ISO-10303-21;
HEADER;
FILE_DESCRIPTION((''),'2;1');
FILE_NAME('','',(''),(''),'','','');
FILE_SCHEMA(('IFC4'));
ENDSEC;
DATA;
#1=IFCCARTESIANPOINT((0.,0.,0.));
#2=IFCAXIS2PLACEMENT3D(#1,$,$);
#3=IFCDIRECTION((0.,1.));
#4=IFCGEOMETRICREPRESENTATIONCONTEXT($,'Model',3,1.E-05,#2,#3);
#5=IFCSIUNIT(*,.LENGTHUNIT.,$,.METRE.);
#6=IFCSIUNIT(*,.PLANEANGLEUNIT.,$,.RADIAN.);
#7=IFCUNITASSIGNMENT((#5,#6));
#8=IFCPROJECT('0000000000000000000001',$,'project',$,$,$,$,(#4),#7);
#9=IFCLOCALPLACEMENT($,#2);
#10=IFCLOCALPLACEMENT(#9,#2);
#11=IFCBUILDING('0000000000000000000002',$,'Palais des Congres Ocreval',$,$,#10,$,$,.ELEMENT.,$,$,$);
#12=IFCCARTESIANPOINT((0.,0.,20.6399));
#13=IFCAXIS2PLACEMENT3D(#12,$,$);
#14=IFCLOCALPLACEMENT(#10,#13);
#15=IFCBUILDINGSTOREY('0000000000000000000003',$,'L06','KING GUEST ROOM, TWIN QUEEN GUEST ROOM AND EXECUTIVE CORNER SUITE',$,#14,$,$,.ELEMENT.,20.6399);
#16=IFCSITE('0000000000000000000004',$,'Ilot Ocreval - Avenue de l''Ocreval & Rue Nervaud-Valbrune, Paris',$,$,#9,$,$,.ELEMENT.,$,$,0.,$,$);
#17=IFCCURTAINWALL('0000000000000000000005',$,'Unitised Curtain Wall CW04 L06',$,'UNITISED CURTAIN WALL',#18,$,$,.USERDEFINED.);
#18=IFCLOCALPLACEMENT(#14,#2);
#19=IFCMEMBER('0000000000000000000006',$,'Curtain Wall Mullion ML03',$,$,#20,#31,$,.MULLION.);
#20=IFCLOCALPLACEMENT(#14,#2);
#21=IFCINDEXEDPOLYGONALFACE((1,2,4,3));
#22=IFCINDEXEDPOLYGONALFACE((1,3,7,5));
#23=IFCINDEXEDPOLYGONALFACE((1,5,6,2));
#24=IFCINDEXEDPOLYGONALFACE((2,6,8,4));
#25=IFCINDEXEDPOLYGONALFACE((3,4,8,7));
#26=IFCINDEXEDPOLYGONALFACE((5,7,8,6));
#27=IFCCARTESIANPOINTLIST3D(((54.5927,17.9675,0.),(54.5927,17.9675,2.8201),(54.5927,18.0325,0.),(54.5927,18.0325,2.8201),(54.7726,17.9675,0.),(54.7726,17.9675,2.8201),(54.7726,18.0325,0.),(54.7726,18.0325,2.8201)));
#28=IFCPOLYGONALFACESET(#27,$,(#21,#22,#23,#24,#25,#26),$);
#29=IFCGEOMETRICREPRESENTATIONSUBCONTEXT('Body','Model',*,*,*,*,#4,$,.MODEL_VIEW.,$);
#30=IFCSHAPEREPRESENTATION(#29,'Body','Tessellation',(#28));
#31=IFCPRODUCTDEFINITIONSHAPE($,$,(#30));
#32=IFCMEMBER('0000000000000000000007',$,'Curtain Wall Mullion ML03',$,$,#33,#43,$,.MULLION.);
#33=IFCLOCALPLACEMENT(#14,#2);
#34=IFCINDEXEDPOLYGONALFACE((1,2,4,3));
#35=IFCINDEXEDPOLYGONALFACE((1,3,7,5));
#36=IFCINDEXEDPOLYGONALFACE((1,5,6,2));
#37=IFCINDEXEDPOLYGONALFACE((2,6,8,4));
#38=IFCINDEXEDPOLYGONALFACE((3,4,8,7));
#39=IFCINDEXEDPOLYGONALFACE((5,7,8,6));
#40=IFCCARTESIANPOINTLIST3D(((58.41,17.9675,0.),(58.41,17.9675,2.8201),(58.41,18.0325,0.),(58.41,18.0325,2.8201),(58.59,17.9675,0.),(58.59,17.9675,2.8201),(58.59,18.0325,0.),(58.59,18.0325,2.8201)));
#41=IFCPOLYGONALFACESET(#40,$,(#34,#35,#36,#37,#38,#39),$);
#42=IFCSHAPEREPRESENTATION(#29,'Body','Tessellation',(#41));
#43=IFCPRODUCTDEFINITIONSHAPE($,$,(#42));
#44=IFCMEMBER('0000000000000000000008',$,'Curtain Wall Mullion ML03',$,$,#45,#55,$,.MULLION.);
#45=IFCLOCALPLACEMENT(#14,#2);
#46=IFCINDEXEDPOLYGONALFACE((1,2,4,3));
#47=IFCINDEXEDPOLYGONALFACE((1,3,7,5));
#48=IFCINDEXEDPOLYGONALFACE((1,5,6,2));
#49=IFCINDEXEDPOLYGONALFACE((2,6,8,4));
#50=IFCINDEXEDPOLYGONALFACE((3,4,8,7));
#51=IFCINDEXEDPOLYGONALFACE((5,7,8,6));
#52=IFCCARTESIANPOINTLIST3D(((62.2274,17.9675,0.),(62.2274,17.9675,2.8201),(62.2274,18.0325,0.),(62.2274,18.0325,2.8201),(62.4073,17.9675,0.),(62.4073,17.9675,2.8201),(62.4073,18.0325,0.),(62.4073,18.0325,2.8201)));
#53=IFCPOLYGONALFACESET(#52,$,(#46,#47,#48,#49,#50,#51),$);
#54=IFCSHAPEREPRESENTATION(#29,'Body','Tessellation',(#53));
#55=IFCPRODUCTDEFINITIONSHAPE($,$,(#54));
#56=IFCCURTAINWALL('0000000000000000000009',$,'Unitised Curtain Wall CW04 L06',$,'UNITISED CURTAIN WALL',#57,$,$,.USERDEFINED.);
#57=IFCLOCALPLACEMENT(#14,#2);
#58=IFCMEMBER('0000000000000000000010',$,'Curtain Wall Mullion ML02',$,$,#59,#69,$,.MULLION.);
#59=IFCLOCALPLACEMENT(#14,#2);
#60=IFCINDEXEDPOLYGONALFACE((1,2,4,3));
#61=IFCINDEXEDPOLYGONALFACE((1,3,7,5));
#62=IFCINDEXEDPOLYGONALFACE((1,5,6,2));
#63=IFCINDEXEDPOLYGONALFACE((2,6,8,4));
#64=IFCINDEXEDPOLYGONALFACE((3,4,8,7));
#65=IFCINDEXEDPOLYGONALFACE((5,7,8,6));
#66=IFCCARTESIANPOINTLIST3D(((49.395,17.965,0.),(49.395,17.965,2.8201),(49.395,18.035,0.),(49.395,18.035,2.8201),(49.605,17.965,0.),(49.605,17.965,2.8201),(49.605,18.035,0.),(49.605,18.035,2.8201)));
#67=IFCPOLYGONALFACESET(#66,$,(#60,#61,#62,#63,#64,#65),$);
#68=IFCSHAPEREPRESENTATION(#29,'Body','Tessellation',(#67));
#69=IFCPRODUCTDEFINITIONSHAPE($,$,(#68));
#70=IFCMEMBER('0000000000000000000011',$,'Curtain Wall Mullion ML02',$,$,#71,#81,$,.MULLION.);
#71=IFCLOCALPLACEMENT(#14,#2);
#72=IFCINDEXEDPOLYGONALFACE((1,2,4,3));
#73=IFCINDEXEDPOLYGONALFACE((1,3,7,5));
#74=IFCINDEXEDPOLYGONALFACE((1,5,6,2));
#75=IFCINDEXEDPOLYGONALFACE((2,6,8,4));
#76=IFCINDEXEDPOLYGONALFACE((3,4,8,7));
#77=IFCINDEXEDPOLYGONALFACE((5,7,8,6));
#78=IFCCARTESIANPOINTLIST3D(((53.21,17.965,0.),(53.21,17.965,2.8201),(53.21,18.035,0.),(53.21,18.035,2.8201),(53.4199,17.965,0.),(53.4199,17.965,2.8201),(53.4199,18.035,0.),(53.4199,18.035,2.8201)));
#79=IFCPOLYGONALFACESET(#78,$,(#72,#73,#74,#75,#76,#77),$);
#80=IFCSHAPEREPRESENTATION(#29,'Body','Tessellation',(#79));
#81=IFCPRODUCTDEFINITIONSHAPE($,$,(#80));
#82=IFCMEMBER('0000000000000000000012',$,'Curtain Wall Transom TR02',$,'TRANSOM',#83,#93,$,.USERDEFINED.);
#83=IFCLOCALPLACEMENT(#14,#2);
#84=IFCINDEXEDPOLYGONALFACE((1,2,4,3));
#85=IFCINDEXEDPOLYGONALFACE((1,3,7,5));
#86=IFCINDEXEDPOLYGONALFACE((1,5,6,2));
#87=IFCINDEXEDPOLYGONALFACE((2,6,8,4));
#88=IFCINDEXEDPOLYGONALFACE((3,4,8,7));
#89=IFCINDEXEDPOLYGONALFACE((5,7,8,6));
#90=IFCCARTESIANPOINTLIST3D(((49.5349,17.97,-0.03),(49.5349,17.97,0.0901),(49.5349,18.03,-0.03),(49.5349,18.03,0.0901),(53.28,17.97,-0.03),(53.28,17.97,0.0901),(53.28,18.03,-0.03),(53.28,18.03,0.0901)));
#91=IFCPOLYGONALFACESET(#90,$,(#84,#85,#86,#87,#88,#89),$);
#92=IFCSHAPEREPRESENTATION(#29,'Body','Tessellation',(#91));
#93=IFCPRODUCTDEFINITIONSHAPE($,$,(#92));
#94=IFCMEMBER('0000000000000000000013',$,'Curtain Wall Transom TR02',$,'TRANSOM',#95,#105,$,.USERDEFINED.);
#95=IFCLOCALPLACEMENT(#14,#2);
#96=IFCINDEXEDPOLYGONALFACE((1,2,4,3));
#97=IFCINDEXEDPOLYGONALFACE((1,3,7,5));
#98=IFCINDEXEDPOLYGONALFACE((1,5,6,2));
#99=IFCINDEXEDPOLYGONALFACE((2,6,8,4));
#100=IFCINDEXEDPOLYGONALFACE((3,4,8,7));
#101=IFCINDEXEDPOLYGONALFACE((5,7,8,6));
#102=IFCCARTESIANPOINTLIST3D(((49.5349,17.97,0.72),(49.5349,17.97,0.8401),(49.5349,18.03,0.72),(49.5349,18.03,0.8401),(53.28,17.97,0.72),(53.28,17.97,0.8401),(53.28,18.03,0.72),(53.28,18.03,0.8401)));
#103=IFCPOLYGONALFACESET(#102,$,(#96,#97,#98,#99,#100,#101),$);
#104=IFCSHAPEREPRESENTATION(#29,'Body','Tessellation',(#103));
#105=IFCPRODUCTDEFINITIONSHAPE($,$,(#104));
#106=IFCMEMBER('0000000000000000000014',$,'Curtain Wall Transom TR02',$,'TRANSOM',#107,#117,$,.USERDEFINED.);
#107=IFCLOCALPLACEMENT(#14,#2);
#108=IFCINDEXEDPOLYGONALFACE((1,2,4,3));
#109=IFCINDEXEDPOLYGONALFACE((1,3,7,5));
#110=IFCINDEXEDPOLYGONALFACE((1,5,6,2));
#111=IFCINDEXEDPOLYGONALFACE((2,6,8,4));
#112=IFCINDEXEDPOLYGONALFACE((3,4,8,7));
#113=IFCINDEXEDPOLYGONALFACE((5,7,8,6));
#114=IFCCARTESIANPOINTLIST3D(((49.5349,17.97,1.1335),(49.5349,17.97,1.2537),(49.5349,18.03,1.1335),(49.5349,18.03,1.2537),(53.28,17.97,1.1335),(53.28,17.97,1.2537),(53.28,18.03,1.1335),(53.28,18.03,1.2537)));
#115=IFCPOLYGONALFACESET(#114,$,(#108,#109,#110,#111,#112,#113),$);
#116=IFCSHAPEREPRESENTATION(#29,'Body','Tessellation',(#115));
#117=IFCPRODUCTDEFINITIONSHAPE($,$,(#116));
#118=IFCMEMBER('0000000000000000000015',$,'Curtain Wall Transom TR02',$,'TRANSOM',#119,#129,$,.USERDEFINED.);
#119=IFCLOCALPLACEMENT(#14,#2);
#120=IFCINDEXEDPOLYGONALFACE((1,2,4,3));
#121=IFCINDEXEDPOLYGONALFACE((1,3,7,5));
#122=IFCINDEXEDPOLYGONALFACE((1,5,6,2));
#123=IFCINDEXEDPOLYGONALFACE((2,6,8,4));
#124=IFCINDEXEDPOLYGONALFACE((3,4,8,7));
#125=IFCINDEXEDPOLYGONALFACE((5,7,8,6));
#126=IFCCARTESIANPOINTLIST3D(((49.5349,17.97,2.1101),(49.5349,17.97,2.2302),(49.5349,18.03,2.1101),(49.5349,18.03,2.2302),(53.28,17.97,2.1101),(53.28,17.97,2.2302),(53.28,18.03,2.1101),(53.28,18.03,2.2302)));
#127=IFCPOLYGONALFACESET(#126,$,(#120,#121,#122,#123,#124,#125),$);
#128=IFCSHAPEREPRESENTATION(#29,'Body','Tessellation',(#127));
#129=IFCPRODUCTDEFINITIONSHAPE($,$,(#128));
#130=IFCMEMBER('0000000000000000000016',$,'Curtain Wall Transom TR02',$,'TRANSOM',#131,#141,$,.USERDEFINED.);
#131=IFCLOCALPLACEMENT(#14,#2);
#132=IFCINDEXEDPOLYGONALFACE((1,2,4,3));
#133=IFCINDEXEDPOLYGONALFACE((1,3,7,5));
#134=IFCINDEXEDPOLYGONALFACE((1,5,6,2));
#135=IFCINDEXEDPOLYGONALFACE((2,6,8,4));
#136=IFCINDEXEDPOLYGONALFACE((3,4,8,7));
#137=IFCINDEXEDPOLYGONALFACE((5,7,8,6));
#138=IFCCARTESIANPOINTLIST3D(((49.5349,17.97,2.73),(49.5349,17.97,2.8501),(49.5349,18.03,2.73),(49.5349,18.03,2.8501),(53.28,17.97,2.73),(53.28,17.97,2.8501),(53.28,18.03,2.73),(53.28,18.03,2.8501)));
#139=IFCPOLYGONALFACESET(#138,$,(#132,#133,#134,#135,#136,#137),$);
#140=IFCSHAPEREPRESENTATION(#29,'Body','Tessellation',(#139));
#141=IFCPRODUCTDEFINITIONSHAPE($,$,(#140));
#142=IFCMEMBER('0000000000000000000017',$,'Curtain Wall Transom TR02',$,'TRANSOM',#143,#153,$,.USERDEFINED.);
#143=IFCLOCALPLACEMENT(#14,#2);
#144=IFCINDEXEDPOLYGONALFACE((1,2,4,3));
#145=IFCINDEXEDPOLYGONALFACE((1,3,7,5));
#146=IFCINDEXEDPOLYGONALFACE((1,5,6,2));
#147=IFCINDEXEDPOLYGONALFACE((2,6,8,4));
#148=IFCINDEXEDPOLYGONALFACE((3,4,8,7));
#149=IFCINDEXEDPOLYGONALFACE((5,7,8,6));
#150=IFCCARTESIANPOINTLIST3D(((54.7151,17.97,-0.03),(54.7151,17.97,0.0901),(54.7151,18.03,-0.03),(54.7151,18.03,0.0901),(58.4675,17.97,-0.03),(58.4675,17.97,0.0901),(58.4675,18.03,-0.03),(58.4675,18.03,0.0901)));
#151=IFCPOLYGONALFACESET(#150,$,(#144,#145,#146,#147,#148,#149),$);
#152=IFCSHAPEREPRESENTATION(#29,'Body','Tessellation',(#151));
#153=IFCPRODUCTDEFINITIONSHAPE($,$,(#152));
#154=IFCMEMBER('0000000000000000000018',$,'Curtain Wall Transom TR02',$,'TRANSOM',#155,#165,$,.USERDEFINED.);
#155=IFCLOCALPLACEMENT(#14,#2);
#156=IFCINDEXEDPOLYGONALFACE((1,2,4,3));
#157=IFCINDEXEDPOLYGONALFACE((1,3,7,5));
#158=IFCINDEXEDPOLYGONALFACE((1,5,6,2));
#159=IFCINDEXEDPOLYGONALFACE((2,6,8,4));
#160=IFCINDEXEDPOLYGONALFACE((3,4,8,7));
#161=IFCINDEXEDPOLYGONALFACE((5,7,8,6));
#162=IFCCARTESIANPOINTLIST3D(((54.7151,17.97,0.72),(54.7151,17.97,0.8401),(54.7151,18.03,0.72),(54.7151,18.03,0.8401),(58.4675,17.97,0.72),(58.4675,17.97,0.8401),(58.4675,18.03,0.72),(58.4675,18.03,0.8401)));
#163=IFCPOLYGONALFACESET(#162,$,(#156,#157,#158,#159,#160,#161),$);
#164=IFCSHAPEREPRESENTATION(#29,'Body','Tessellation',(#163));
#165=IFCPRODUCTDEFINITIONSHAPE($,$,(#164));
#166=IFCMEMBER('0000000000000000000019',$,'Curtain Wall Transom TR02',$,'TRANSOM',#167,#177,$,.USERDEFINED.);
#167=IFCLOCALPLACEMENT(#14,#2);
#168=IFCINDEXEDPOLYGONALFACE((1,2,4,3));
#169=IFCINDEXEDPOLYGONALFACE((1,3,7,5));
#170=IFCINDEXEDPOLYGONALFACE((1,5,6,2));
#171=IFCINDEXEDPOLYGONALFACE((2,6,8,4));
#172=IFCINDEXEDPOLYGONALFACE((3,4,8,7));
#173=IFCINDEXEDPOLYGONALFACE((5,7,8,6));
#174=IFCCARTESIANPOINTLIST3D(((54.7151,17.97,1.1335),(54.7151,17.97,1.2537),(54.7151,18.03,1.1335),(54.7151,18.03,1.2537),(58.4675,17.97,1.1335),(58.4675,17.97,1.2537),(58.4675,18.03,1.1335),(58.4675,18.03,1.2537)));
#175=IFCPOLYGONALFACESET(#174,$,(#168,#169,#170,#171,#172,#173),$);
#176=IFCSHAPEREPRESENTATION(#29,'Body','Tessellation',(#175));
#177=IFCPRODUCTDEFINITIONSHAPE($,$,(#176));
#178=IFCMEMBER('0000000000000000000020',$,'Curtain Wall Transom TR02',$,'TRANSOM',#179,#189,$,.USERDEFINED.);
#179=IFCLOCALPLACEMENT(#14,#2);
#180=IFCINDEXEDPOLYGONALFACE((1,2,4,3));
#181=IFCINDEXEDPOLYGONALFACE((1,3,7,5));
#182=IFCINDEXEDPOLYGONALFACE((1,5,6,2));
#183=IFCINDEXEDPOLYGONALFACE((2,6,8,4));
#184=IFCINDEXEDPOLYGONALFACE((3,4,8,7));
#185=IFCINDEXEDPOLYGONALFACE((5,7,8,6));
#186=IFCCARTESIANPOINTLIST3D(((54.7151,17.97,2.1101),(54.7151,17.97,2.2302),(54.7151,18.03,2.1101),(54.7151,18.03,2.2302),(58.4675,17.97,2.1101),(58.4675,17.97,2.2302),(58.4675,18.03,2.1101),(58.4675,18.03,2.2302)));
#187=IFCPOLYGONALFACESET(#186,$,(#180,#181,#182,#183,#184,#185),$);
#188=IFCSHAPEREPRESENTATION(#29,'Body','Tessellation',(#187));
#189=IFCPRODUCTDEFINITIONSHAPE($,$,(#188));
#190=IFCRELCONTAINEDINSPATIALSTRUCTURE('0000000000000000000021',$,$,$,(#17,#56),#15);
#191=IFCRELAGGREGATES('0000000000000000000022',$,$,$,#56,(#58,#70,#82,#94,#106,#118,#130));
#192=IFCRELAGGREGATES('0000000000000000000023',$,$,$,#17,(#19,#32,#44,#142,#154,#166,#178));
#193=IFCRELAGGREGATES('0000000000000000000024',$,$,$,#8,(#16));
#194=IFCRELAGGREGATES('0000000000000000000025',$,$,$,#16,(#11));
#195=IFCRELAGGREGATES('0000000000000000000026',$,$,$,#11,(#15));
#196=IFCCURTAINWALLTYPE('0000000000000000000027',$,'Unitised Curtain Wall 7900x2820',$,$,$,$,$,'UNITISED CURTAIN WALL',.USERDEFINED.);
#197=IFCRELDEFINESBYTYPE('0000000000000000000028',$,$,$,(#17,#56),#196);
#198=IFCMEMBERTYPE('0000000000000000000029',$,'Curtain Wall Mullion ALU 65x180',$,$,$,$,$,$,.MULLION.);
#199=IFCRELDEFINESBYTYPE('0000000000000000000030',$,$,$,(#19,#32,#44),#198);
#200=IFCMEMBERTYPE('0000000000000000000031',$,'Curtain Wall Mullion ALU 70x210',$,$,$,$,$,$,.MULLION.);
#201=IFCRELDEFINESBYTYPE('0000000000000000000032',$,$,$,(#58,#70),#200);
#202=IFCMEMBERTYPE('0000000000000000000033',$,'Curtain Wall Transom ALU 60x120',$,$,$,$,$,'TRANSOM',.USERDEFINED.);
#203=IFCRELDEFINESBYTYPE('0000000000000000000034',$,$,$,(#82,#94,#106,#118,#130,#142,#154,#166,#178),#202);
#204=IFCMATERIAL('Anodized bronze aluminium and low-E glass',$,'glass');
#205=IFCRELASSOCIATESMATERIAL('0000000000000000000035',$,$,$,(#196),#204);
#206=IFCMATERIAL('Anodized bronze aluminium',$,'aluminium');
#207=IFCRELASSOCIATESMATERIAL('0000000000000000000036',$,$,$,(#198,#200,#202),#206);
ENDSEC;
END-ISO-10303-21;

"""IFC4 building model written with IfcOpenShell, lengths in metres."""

from ifc_helpers import new_model, si_unit, direction, frame, origin, origin_2d, place, context, subcontext, project, spatial, rectangle, extrude, material, material_profile, profile_set, type_object, element, aggregate, save


model = new_model("IFC4")

# Units and contexts
model_context = context("Model", 3, precision=1e-05, world=origin(), true_north=direction((0.0, 1.0)))
body_context = subcontext(model_context, "Body", "Model", "MODEL_VIEW")
ifc_project = project(units=[si_unit("LENGTHUNIT", "METRE"), si_unit("PLANEANGLEUNIT", "RADIAN")], contexts=[model_context])

# Site, building, storey
site_placement = place(None, origin())
site = spatial("IfcSite", under=ifc_project, at=site_placement, Name="Ilot Ocreval - Avenue de l'Ocreval & Rue Nervaud-Valbrune, Paris", CompositionType="ELEMENT", RefElevation=0.0)
building_placement = place(site_placement, origin())
building = spatial("IfcBuilding", under=site, at=building_placement, Name="Palais des Congres Ocreval", CompositionType="ELEMENT")
storey_placement = place(building_placement, frame((0.0, 0.0, 20.6399)))
storey = spatial("IfcBuildingStorey", under=building, at=storey_placement, Name="L06", Description="KING GUEST ROOM, TWIN QUEEN GUEST ROOM AND EXECUTIVE CORNER SUITE", CompositionType="ELEMENT", Elevation=20.6399)

# Curtain walls, members
ifc_material_1 = material(Name="Anodized bronze aluminium and low-E glass", Category="glass")
curtain_wall_type = type_object("IfcCurtainWallType", Name="Unitised Curtain Wall 7900x2820", ElementType="UNITISED CURTAIN WALL", PredefinedType="USERDEFINED", material=ifc_material_1)
curtain_wall_1_placement = place(storey_placement, origin())
curtain_wall_1 = element("IfcCurtainWall", 1, at=curtain_wall_1_placement, inside=storey, type_object=curtain_wall_type, Name="Unitised Curtain Wall CW04 L06", ObjectType="UNITISED CURTAIN WALL", PredefinedType="USERDEFINED")
ifc_material_2 = material(Name="Anodized bronze aluminium", Category="aluminium")
ifc_material_profile_1 = material_profile(ifc_material_2, rectangle(XDim=0.0649, YDim=0.1799, at=origin_2d()), Name="ALU 65x180")
ifc_profile_set_1 = profile_set([ifc_material_profile_1], Name="Anodized bronze aluminium")
member_type_1 = type_object("IfcMemberType", Name="Curtain Wall Mullion ALU 65x180", PredefinedType="MULLION", material=ifc_profile_set_1)
member_1_placement = place(storey_placement, frame((54.6826, 18.0, 0.0), z_axis=(0.0, 0.0, 1.0), x_axis=(0.0, 1.0, 0.0)))
member_1 = element("IfcMember", 2, at=member_1_placement, type_object=member_type_1, Name="Curtain Wall Mullion ML03", PredefinedType="MULLION", context=body_context, shape_type="SweptSolid", body=[
    extrude(rectangle(XDim=0.0649, YDim=0.1799, at=origin_2d()), origin(), (0.0, 0.0, 1.0), 2.8201),
])
member_2_placement = place(storey_placement, frame((58.5, 18.0, 0.0), z_axis=(0.0, 0.0, 1.0), x_axis=(0.0, 1.0, 0.0)))
member_2 = element("IfcMember", 3, at=member_2_placement, type_object=member_type_1, Name="Curtain Wall Mullion ML03", PredefinedType="MULLION", context=body_context, shape_type="SweptSolid", body=[
    extrude(rectangle(XDim=0.0649, YDim=0.1799, at=origin_2d()), origin(), (0.0, 0.0, 1.0), 2.8201),
])
member_3_placement = place(storey_placement, frame((62.3174, 18.0, 0.0), z_axis=(0.0, 0.0, 1.0), x_axis=(0.0, 1.0, 0.0)))
member_3 = element("IfcMember", 4, at=member_3_placement, type_object=member_type_1, Name="Curtain Wall Mullion ML03", PredefinedType="MULLION", context=body_context, shape_type="SweptSolid", body=[
    extrude(rectangle(XDim=0.0649, YDim=0.1799, at=origin_2d()), origin(), (0.0, 0.0, 1.0), 2.8201),
])
curtain_wall_2_placement = place(storey_placement, origin())
curtain_wall_2 = element("IfcCurtainWall", 5, at=curtain_wall_2_placement, inside=storey, type_object=curtain_wall_type, Name="Unitised Curtain Wall CW04 L06", ObjectType="UNITISED CURTAIN WALL", PredefinedType="USERDEFINED")
ifc_material_profile_2 = material_profile(ifc_material_2, rectangle(XDim=0.0701, YDim=0.21, at=origin_2d()), Name="ALU 70x210")
ifc_profile_set_2 = profile_set([ifc_material_profile_2], Name="Anodized bronze aluminium")
member_type_2 = type_object("IfcMemberType", Name="Curtain Wall Mullion ALU 70x210", PredefinedType="MULLION", material=ifc_profile_set_2)
member_4_placement = place(storey_placement, frame((49.5, 18.0, 0.0), z_axis=(0.0, 0.0, 1.0), x_axis=(0.0, 1.0, 0.0)))
member_4 = element("IfcMember", 6, at=member_4_placement, type_object=member_type_2, Name="Curtain Wall Mullion ML02", PredefinedType="MULLION", context=body_context, shape_type="SweptSolid", body=[
    extrude(rectangle(XDim=0.0701, YDim=0.21, at=origin_2d()), origin(), (0.0, 0.0, 1.0), 2.8201),
])
member_5_placement = place(storey_placement, frame((53.3149, 18.0, 0.0), z_axis=(0.0, 0.0, 1.0), x_axis=(0.0, 1.0, 0.0)))
member_5 = element("IfcMember", 7, at=member_5_placement, type_object=member_type_2, Name="Curtain Wall Mullion ML02", PredefinedType="MULLION", context=body_context, shape_type="SweptSolid", body=[
    extrude(rectangle(XDim=0.0701, YDim=0.21, at=origin_2d()), origin(), (0.0, 0.0, 1.0), 2.8201),
])
ifc_material_profile_3 = material_profile(ifc_material_2, rectangle(XDim=0.0601, YDim=0.1201, at=origin_2d()), Name="ALU 60x120")
ifc_profile_set_3 = profile_set([ifc_material_profile_3], Name="Anodized bronze aluminium")
member_type_3 = type_object("IfcMemberType", Name="Curtain Wall Transom ALU 60x120", ElementType="TRANSOM", PredefinedType="USERDEFINED", material=ifc_profile_set_3)
member_6_placement = place(storey_placement, frame((49.5349, 18.0, 0.03), z_axis=(1.0, 0.0, 0.0), x_axis=(0.0, 1.0, 0.0)))
member_6 = element("IfcMember", 8, at=member_6_placement, type_object=member_type_3, Name="Curtain Wall Transom TR02", ObjectType="TRANSOM", PredefinedType="USERDEFINED", context=body_context, shape_type="SweptSolid", body=[
    extrude(rectangle(XDim=0.0601, YDim=0.1201, at=origin_2d()), origin(), (0.0, 0.0, 1.0), 3.7451),
])
member_7_placement = place(storey_placement, frame((49.5349, 18.0, 0.78), z_axis=(1.0, 0.0, 0.0), x_axis=(0.0, 1.0, 0.0)))
member_7 = element("IfcMember", 9, at=member_7_placement, type_object=member_type_3, Name="Curtain Wall Transom TR02", ObjectType="TRANSOM", PredefinedType="USERDEFINED", context=body_context, shape_type="SweptSolid", body=[
    extrude(rectangle(XDim=0.0601, YDim=0.1201, at=origin_2d()), origin(), (0.0, 0.0, 1.0), 3.7451),
])
member_8_placement = place(storey_placement, frame((49.5349, 18.0, 1.1936), z_axis=(1.0, 0.0, 0.0), x_axis=(0.0, 1.0, 0.0)))
member_8 = element("IfcMember", 10, at=member_8_placement, type_object=member_type_3, Name="Curtain Wall Transom TR02", ObjectType="TRANSOM", PredefinedType="USERDEFINED", context=body_context, shape_type="SweptSolid", body=[
    extrude(rectangle(XDim=0.0601, YDim=0.1201, at=origin_2d()), origin(), (0.0, 0.0, 1.0), 3.7451),
])
member_9_placement = place(storey_placement, frame((49.5349, 18.0, 2.1702), z_axis=(1.0, 0.0, 0.0), x_axis=(0.0, 1.0, 0.0)))
member_9 = element("IfcMember", 11, at=member_9_placement, type_object=member_type_3, Name="Curtain Wall Transom TR02", ObjectType="TRANSOM", PredefinedType="USERDEFINED", context=body_context, shape_type="SweptSolid", body=[
    extrude(rectangle(XDim=0.0601, YDim=0.1201, at=origin_2d()), origin(), (0.0, 0.0, 1.0), 3.7451),
])
member_10_placement = place(storey_placement, frame((49.5349, 18.0, 2.79), z_axis=(1.0, 0.0, 0.0), x_axis=(0.0, 1.0, 0.0)))
member_10 = element("IfcMember", 12, at=member_10_placement, type_object=member_type_3, Name="Curtain Wall Transom TR02", ObjectType="TRANSOM", PredefinedType="USERDEFINED", context=body_context, shape_type="SweptSolid", body=[
    extrude(rectangle(XDim=0.0601, YDim=0.1201, at=origin_2d()), origin(), (0.0, 0.0, 1.0), 3.7451),
])

# Members
member_11_placement = place(storey_placement, frame((54.7151, 18.0, 0.03), z_axis=(1.0, 0.0, 0.0), x_axis=(0.0, 1.0, 0.0)))
member_11 = element("IfcMember", 13, at=member_11_placement, type_object=member_type_3, Name="Curtain Wall Transom TR02", ObjectType="TRANSOM", PredefinedType="USERDEFINED", context=body_context, shape_type="SweptSolid", body=[
    extrude(rectangle(XDim=0.0601, YDim=0.1201, at=origin_2d()), origin(), (0.0, 0.0, 1.0), 3.7524),
])
member_12_placement = place(storey_placement, frame((54.7151, 18.0, 0.78), z_axis=(1.0, 0.0, 0.0), x_axis=(0.0, 1.0, 0.0)))
member_12 = element("IfcMember", 14, at=member_12_placement, type_object=member_type_3, Name="Curtain Wall Transom TR02", ObjectType="TRANSOM", PredefinedType="USERDEFINED", context=body_context, shape_type="SweptSolid", body=[
    extrude(rectangle(XDim=0.0601, YDim=0.1201, at=origin_2d()), origin(), (0.0, 0.0, 1.0), 3.7524),
])
member_13_placement = place(storey_placement, frame((54.7151, 18.0, 1.1936), z_axis=(1.0, 0.0, 0.0), x_axis=(0.0, 1.0, 0.0)))
member_13 = element("IfcMember", 15, at=member_13_placement, type_object=member_type_3, Name="Curtain Wall Transom TR02", ObjectType="TRANSOM", PredefinedType="USERDEFINED", context=body_context, shape_type="SweptSolid", body=[
    extrude(rectangle(XDim=0.0601, YDim=0.1201, at=origin_2d()), origin(), (0.0, 0.0, 1.0), 3.7524),
])
member_14_placement = place(storey_placement, frame((54.7151, 18.0, 2.1702), z_axis=(1.0, 0.0, 0.0), x_axis=(0.0, 1.0, 0.0)))
member_14 = element("IfcMember", 16, at=member_14_placement, type_object=member_type_3, Name="Curtain Wall Transom TR02", ObjectType="TRANSOM", PredefinedType="USERDEFINED", context=body_context, shape_type="SweptSolid", body=[
    extrude(rectangle(XDim=0.0601, YDim=0.1201, at=origin_2d()), origin(), (0.0, 0.0, 1.0), 3.7524),
])

aggregate(curtain_wall_2, [member_4, member_5, member_6, member_7, member_8, member_9, member_10])
aggregate(curtain_wall_1, [member_1, member_2, member_3, member_11, member_12, member_13, member_14])

save(model, "model.ifc")
